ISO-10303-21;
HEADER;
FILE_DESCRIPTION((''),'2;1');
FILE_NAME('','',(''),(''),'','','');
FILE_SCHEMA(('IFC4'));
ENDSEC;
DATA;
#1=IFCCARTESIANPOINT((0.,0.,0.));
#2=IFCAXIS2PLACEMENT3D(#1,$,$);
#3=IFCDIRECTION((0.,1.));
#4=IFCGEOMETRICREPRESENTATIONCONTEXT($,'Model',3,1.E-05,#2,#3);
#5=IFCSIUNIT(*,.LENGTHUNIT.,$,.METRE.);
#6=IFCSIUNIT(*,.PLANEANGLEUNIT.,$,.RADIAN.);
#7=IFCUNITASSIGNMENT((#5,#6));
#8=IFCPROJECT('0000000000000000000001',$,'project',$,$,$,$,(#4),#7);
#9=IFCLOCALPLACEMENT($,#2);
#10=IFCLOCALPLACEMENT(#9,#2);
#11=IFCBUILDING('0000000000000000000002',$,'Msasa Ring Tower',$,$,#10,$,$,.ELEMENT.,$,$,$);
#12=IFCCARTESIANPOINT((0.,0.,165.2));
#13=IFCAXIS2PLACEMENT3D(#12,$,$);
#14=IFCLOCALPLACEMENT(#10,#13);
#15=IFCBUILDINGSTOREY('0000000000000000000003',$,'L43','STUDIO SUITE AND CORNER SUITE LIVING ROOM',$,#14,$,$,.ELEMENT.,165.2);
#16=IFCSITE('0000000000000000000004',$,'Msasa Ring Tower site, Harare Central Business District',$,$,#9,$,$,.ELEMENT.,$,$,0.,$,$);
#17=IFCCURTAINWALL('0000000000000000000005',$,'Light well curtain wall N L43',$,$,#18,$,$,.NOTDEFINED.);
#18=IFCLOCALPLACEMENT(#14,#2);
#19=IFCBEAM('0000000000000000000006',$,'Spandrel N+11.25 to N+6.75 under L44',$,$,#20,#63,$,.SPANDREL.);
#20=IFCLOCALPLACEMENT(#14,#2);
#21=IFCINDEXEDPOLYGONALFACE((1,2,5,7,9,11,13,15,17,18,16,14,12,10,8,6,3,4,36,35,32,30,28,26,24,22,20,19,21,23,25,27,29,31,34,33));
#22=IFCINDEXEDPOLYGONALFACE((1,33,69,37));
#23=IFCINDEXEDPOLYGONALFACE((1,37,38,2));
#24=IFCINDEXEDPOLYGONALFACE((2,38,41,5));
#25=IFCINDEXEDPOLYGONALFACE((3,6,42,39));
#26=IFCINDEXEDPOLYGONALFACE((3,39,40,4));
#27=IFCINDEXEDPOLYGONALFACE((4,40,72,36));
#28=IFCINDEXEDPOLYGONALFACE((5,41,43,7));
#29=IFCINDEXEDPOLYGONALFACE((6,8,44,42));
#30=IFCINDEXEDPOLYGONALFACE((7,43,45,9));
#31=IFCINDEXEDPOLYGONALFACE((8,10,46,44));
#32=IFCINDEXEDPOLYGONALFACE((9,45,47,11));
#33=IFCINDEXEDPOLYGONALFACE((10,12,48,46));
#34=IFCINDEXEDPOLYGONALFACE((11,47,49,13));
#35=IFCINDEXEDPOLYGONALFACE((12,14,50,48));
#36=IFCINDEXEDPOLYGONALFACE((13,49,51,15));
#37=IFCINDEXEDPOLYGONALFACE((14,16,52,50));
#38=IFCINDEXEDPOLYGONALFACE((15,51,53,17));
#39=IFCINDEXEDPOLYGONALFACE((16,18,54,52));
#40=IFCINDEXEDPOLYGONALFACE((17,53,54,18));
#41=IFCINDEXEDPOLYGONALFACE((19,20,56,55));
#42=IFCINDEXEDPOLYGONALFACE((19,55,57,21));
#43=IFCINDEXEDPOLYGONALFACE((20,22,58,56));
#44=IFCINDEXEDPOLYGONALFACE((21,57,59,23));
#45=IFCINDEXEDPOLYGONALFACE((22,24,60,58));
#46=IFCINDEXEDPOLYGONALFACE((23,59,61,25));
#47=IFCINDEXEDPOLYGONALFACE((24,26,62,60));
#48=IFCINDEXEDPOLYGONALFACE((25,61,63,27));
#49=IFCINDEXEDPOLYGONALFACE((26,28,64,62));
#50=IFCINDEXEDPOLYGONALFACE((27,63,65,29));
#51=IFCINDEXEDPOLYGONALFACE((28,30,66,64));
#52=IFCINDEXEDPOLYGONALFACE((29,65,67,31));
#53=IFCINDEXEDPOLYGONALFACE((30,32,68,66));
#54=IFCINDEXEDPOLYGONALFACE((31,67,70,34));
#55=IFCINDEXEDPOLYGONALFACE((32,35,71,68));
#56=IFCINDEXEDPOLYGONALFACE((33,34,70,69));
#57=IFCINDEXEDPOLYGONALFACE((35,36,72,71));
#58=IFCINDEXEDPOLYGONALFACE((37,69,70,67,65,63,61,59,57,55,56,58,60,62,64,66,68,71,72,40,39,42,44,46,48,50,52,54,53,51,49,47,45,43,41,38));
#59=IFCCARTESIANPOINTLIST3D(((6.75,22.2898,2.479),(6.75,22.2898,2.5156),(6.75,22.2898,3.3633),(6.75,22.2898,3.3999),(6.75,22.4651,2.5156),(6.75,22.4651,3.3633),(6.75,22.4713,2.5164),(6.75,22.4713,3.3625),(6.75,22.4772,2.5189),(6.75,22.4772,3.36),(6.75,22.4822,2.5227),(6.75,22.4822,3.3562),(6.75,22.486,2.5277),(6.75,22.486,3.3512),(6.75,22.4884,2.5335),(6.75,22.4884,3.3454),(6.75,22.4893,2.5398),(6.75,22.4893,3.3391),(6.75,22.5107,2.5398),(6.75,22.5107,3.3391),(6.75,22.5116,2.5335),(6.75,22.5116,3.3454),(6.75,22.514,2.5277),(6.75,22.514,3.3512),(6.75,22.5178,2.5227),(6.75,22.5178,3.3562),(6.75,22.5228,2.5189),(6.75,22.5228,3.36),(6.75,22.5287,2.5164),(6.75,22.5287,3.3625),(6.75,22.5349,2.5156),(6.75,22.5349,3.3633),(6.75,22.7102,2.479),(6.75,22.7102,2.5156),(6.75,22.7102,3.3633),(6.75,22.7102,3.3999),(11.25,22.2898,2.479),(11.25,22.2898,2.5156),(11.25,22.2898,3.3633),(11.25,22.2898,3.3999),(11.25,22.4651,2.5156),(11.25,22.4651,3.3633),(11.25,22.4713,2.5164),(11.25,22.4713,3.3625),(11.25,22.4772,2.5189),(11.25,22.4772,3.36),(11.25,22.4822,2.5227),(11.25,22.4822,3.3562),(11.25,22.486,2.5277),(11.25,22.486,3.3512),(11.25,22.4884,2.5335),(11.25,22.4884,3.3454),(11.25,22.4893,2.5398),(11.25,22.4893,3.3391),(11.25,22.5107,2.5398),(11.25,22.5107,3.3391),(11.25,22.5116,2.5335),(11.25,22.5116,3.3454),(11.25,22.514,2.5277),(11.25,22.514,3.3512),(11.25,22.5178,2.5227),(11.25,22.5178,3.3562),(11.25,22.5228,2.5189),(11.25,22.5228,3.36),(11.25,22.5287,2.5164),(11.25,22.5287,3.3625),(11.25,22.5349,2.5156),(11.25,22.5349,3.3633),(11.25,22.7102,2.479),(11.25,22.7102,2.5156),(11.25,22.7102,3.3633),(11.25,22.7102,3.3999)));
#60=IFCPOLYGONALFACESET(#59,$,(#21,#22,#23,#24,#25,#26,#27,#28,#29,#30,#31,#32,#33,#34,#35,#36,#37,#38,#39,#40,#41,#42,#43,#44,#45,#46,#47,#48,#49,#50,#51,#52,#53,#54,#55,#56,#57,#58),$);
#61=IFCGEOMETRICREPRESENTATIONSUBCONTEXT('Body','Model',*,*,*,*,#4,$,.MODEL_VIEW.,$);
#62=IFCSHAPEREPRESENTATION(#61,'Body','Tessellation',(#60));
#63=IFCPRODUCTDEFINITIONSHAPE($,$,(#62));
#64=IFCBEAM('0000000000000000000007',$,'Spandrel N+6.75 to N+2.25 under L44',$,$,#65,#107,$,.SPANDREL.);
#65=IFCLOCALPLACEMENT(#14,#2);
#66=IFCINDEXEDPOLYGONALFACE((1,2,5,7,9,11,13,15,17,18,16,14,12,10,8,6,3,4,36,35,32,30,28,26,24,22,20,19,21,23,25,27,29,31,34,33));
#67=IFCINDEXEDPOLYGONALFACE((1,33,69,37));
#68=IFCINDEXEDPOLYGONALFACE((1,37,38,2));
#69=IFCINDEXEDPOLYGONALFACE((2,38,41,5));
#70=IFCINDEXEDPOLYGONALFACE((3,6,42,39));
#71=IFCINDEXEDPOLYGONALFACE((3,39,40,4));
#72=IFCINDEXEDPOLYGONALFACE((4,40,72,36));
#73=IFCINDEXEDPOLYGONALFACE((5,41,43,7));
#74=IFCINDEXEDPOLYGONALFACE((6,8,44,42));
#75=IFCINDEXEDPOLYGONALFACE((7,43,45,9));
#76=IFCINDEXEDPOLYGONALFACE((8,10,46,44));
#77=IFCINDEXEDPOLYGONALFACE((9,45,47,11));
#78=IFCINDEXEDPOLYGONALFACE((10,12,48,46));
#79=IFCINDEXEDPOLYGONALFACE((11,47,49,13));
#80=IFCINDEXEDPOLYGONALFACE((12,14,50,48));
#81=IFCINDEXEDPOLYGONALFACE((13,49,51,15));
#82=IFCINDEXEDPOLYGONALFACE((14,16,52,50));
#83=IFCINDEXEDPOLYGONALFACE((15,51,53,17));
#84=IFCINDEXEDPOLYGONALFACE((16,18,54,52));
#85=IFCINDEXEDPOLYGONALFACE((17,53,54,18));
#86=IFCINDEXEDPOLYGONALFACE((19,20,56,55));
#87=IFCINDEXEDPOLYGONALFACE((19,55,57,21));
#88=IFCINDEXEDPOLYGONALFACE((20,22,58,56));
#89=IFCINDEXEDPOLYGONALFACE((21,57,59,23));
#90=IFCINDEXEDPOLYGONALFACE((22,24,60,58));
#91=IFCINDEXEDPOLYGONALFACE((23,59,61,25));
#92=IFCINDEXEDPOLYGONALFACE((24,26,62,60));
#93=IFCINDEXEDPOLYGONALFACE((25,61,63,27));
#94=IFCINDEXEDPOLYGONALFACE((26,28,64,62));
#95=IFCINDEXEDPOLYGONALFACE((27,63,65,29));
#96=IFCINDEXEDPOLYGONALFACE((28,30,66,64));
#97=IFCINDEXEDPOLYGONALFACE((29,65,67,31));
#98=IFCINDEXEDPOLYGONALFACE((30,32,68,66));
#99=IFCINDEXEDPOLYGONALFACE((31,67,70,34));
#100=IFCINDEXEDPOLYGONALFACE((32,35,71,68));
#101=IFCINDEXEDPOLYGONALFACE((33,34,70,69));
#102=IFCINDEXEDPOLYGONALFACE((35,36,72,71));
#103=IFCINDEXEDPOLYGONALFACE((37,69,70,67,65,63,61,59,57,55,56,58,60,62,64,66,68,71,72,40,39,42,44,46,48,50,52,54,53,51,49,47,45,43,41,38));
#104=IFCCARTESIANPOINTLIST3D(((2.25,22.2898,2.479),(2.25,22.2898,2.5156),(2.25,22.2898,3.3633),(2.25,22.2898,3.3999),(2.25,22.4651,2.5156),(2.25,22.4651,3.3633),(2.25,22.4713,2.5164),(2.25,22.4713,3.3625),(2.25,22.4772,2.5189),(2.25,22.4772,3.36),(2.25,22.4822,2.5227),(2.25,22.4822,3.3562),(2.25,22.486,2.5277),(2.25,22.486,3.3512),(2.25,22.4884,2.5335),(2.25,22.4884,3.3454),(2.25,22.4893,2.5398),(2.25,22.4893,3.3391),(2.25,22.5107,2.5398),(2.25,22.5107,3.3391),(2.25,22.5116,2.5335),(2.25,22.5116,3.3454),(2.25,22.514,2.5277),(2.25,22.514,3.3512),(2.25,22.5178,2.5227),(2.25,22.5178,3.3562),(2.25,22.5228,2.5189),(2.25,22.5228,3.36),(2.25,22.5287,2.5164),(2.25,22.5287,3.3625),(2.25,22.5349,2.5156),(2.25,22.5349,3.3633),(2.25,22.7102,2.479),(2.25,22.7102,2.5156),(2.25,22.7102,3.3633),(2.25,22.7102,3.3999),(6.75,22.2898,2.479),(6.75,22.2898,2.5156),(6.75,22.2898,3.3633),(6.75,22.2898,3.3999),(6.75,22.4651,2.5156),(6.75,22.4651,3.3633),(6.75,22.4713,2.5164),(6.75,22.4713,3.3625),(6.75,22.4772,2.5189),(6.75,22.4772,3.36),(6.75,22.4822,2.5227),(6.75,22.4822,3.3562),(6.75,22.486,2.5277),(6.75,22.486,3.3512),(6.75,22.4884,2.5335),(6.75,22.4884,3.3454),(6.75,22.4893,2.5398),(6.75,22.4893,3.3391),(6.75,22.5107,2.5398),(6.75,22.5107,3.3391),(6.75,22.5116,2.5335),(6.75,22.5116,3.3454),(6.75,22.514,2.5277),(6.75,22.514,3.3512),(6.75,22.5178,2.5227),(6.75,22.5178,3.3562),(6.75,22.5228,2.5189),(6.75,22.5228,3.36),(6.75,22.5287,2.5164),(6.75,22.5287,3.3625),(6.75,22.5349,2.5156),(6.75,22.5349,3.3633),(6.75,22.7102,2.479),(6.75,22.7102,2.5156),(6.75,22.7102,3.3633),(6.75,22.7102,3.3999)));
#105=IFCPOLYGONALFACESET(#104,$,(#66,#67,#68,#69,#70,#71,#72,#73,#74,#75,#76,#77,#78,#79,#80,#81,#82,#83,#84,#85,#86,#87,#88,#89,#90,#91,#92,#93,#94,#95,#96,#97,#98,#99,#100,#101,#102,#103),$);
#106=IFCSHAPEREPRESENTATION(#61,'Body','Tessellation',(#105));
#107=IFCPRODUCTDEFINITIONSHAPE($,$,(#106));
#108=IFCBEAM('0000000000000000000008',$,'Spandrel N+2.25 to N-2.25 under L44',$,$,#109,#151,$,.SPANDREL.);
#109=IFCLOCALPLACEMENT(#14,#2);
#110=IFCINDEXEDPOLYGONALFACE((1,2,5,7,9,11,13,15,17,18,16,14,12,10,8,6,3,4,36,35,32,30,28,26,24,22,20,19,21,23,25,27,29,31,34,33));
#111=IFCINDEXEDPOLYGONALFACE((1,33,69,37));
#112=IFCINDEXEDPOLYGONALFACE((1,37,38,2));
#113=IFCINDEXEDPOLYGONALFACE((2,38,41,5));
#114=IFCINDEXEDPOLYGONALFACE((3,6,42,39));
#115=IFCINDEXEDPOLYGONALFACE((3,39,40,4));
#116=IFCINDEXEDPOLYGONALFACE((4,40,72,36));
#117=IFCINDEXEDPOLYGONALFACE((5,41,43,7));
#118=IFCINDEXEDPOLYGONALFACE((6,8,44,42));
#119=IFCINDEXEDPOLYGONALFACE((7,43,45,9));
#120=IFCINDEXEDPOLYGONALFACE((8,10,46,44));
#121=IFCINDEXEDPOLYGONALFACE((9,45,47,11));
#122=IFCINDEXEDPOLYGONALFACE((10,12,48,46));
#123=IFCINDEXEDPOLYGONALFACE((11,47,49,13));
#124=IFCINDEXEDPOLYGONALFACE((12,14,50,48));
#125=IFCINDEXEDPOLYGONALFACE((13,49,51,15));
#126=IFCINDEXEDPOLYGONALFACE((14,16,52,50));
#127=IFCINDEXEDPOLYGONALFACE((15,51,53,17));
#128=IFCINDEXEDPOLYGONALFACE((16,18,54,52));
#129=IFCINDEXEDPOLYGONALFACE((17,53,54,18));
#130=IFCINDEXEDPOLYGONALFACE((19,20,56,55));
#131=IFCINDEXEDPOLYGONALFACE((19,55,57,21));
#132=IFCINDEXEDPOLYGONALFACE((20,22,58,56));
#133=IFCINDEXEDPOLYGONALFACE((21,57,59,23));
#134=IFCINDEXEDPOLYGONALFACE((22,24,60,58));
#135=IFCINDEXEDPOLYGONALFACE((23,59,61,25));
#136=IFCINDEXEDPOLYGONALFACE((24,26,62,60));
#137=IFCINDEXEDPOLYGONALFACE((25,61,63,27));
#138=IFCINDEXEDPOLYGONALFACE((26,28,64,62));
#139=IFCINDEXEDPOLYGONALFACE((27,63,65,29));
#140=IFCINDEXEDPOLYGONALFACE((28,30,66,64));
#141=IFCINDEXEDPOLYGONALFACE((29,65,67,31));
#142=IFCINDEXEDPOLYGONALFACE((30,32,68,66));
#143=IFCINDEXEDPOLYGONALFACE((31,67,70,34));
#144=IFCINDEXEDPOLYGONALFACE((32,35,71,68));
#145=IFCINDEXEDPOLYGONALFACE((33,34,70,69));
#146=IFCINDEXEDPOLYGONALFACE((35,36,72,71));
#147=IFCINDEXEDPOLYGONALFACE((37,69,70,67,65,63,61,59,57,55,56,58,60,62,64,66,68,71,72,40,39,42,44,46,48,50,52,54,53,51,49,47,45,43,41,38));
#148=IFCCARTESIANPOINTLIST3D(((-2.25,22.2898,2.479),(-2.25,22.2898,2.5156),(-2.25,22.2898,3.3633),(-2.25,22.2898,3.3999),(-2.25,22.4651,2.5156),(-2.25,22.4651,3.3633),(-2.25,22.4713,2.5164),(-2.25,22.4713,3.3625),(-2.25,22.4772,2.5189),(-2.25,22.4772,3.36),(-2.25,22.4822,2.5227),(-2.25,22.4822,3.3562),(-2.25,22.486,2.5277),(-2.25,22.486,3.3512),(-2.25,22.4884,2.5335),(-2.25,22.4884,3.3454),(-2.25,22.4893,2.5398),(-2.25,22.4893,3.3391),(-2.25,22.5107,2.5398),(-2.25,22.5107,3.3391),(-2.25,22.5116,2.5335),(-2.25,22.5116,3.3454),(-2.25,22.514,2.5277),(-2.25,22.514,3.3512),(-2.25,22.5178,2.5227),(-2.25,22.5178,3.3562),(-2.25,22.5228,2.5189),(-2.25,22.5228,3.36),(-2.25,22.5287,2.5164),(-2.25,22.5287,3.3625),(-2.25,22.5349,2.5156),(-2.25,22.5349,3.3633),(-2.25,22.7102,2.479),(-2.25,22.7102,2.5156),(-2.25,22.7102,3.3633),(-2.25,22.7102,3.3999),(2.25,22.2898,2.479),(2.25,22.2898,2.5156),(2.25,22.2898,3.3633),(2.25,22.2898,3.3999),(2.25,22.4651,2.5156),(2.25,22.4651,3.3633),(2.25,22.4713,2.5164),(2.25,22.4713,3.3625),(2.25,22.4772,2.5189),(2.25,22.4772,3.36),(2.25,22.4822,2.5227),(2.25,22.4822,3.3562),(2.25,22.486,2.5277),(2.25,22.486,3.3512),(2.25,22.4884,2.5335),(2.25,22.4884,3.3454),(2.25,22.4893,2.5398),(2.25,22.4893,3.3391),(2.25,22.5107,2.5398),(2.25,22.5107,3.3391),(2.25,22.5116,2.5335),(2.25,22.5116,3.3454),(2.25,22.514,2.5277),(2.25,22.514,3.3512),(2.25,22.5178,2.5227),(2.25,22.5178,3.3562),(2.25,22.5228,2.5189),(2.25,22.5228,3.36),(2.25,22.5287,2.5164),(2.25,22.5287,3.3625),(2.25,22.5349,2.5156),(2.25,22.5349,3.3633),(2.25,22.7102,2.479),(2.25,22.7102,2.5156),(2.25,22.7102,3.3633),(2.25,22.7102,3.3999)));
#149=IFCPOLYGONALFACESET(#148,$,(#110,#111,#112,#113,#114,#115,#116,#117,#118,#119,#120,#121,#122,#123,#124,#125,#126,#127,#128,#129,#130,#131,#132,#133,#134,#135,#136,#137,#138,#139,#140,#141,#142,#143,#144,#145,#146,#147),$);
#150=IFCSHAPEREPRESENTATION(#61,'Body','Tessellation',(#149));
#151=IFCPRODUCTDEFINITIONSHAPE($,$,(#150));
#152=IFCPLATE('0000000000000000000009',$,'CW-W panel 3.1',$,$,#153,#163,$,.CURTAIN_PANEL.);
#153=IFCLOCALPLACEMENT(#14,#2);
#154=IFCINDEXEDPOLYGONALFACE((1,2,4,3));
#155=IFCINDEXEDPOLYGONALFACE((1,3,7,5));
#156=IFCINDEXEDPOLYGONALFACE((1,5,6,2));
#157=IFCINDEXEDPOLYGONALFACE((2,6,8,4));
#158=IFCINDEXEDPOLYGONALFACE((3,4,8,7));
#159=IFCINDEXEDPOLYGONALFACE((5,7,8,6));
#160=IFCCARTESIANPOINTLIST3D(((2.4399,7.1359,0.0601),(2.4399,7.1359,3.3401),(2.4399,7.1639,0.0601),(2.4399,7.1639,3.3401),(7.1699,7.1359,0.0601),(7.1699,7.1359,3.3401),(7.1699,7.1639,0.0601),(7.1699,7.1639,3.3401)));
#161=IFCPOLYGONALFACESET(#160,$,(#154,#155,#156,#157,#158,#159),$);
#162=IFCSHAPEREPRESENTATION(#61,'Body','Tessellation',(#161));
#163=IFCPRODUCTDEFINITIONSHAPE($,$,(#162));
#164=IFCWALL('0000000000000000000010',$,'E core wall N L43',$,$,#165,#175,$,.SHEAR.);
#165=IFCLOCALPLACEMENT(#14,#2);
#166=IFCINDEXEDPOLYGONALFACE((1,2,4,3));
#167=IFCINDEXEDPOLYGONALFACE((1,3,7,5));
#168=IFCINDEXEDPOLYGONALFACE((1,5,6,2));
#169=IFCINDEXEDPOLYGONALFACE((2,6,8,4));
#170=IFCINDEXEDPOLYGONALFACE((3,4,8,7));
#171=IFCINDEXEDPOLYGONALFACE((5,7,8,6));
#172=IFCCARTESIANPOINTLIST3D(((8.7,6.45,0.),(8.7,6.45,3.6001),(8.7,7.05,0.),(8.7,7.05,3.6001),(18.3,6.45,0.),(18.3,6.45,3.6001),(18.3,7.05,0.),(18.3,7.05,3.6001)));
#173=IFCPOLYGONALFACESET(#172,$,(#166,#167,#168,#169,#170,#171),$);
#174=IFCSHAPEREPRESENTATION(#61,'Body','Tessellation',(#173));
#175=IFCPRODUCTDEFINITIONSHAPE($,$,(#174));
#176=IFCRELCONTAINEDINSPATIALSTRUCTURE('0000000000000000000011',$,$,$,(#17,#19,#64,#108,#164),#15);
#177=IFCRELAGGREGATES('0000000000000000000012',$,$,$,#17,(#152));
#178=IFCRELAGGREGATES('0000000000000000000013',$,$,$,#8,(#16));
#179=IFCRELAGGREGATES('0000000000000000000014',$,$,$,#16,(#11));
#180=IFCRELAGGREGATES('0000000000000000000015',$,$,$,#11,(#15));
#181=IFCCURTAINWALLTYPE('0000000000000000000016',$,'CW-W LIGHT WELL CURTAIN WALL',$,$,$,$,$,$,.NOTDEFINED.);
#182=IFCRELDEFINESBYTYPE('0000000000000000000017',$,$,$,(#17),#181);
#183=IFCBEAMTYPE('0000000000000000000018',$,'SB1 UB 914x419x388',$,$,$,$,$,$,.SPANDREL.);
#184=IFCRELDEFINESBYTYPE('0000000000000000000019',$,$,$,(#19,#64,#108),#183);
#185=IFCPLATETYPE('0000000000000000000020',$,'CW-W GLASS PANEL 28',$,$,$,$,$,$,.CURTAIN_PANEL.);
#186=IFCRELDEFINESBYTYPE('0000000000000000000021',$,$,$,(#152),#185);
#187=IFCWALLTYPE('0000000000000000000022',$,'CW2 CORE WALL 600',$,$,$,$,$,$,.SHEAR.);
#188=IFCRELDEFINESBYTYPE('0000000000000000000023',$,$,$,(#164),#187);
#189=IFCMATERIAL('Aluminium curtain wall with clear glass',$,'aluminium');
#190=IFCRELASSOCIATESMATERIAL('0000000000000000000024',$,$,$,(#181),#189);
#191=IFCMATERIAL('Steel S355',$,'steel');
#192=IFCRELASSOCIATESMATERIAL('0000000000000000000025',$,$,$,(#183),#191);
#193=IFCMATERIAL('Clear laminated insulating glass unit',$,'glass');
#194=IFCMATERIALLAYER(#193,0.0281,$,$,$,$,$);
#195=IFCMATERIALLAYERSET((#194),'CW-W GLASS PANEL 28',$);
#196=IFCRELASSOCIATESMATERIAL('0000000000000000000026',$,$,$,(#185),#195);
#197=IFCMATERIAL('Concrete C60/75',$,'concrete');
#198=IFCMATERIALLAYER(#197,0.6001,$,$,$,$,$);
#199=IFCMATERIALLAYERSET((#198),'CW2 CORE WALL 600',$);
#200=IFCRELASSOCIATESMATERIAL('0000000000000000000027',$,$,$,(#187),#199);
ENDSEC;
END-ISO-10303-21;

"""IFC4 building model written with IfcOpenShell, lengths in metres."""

from ifc_helpers import new_model, si_unit, direction, frame, frame_2d, origin, origin_2d, place, context, subcontext, project, spatial, rectangle, i_section, extrude, material, layer, layer_set, material_profile, profile_set, type_object, element, aggregate, save


model = new_model("IFC4")

# Units and contexts
model_context = context("Model", 3, precision=1e-05, world=origin(), true_north=direction((0.0, 1.0)))
body_context = subcontext(model_context, "Body", "Model", "MODEL_VIEW")
ifc_project = project(units=[si_unit("LENGTHUNIT", "METRE"), si_unit("PLANEANGLEUNIT", "RADIAN")], contexts=[model_context])

# Site, building, storey
site_placement = place(None, origin())
site = spatial("IfcSite", under=ifc_project, at=site_placement, Name="Msasa Ring Tower site, Harare Central Business District", CompositionType="ELEMENT", RefElevation=0.0)
building_placement = place(site_placement, origin())
building = spatial("IfcBuilding", under=site, at=building_placement, Name="Msasa Ring Tower", CompositionType="ELEMENT")
storey_placement = place(building_placement, frame((0.0, 0.0, 165.2)))
storey = spatial("IfcBuildingStorey", under=building, at=storey_placement, Name="L43", Description="STUDIO SUITE AND CORNER SUITE LIVING ROOM", CompositionType="ELEMENT", Elevation=165.2)

# Curtain wall
ifc_material_1 = material(Name="Aluminium curtain wall with clear glass", Category="aluminium")
curtain_wall_type = type_object("IfcCurtainWallType", Name="CW-W LIGHT WELL CURTAIN WALL", PredefinedType="NOTDEFINED", material=ifc_material_1)
curtain_wall_1_placement = place(storey_placement, origin())
curtain_wall_1 = element("IfcCurtainWall", 1, at=curtain_wall_1_placement, inside=storey, type_object=curtain_wall_type, Name="Light well curtain wall N L43", PredefinedType="NOTDEFINED")

# Beams
ifc_material_2 = material(Name="Steel S355", Category="steel")
ifc_material_profile_1 = material_profile(ifc_material_2, i_section(OverallWidth=0.4204, OverallDepth=0.9209, WebThickness=0.0215, FlangeThickness=0.0366, FilletRadius=0.0242, at=origin_2d()), Name="UB 914x419x388")
ifc_profile_set_1 = profile_set([ifc_material_profile_1], Name="Steel S355")
beam_type_1 = type_object("IfcBeamType", Name="SB1 UB 914x419x388", PredefinedType="SPANDREL", material=ifc_profile_set_1)
for number, where, z_axis, x_axis, name in (
    (2, (11.25, 22.5, 2.9395), (-1.0, 0.0, 0.0), (0.0, -1.0, 0.0), "Spandrel N+11.25 to N+6.75 under L44"),
    (3, (6.75, 22.5, 2.9395), (-1.0, 0.0, 0.0), (0.0, -1.0, 0.0), "Spandrel N+6.75 to N+2.25 under L44"),
    (4, (2.25, 22.5, 2.9395), (-1.0, 0.0, 0.0), (0.0, -1.0, 0.0), "Spandrel N+2.25 to N-2.25 under L44"),
):
    element("IfcBeam", number, at=place(storey_placement, frame(where, z_axis=z_axis, x_axis=x_axis)), inside=storey, type_object=beam_type_1, Name=name, PredefinedType="SPANDREL", context=body_context, shape_type="SweptSolid", body=[
        extrude(i_section(OverallWidth=0.4204, OverallDepth=0.9209, WebThickness=0.0215, FlangeThickness=0.0366, FilletRadius=0.0242, at=origin_2d()), origin(), (0.0, 0.0, 1.0), 4.5),
    ])

# Plate
ifc_material_3 = material(Name="Clear laminated insulating glass unit", Category="glass")
ifc_layer_1 = layer(ifc_material_3, 0.0281)
ifc_layer_set_1 = layer_set([ifc_layer_1], Name="CW-W GLASS PANEL 28")
plate_type = type_object("IfcPlateType", Name="CW-W GLASS PANEL 28", PredefinedType="CURTAIN_PANEL", material=ifc_layer_set_1)
plate_placement = place(storey_placement, frame((4.8049, 7.1499, 0.0601), z_axis=(0.0, 0.0, 1.0), x_axis=(1.0, 0.0, 0.0)))
plate = element("IfcPlate", 5, at=plate_placement, type_object=plate_type, Name="CW-W panel 3.1", PredefinedType="CURTAIN_PANEL", context=body_context, shape_type="SweptSolid", body=[
    extrude(rectangle(XDim=4.73, YDim=0.0281, at=origin_2d()), origin(), (0.0, 0.0, 1.0), 3.28),
])
aggregate(curtain_wall_1, [plate])

# Wall
ifc_material_4 = material(Name="Concrete C60/75", Category="concrete")
ifc_layer_2 = layer(ifc_material_4, 0.6001)
ifc_layer_set_2 = layer_set([ifc_layer_2], Name="CW2 CORE WALL 600")
wall_type_1 = type_object("IfcWallType", Name="CW2 CORE WALL 600", PredefinedType="SHEAR", material=ifc_layer_set_2)
wall_1_placement = place(storey_placement, frame((8.7, 6.75, 0.0), z_axis=(0.0, 0.0, 1.0), x_axis=(1.0, 0.0, 0.0)))
element("IfcWall", 6, at=wall_1_placement, inside=storey, type_object=wall_type_1, Name="E core wall N L43", PredefinedType="SHEAR", context=body_context, shape_type="SweptSolid", body=[
    extrude(rectangle(XDim=9.6001, YDim=0.6001, at=frame_2d((4.8, 0.0))), origin(), (0.0, 0.0, 1.0), 3.6001),
])

save(model, "model.ifc")
